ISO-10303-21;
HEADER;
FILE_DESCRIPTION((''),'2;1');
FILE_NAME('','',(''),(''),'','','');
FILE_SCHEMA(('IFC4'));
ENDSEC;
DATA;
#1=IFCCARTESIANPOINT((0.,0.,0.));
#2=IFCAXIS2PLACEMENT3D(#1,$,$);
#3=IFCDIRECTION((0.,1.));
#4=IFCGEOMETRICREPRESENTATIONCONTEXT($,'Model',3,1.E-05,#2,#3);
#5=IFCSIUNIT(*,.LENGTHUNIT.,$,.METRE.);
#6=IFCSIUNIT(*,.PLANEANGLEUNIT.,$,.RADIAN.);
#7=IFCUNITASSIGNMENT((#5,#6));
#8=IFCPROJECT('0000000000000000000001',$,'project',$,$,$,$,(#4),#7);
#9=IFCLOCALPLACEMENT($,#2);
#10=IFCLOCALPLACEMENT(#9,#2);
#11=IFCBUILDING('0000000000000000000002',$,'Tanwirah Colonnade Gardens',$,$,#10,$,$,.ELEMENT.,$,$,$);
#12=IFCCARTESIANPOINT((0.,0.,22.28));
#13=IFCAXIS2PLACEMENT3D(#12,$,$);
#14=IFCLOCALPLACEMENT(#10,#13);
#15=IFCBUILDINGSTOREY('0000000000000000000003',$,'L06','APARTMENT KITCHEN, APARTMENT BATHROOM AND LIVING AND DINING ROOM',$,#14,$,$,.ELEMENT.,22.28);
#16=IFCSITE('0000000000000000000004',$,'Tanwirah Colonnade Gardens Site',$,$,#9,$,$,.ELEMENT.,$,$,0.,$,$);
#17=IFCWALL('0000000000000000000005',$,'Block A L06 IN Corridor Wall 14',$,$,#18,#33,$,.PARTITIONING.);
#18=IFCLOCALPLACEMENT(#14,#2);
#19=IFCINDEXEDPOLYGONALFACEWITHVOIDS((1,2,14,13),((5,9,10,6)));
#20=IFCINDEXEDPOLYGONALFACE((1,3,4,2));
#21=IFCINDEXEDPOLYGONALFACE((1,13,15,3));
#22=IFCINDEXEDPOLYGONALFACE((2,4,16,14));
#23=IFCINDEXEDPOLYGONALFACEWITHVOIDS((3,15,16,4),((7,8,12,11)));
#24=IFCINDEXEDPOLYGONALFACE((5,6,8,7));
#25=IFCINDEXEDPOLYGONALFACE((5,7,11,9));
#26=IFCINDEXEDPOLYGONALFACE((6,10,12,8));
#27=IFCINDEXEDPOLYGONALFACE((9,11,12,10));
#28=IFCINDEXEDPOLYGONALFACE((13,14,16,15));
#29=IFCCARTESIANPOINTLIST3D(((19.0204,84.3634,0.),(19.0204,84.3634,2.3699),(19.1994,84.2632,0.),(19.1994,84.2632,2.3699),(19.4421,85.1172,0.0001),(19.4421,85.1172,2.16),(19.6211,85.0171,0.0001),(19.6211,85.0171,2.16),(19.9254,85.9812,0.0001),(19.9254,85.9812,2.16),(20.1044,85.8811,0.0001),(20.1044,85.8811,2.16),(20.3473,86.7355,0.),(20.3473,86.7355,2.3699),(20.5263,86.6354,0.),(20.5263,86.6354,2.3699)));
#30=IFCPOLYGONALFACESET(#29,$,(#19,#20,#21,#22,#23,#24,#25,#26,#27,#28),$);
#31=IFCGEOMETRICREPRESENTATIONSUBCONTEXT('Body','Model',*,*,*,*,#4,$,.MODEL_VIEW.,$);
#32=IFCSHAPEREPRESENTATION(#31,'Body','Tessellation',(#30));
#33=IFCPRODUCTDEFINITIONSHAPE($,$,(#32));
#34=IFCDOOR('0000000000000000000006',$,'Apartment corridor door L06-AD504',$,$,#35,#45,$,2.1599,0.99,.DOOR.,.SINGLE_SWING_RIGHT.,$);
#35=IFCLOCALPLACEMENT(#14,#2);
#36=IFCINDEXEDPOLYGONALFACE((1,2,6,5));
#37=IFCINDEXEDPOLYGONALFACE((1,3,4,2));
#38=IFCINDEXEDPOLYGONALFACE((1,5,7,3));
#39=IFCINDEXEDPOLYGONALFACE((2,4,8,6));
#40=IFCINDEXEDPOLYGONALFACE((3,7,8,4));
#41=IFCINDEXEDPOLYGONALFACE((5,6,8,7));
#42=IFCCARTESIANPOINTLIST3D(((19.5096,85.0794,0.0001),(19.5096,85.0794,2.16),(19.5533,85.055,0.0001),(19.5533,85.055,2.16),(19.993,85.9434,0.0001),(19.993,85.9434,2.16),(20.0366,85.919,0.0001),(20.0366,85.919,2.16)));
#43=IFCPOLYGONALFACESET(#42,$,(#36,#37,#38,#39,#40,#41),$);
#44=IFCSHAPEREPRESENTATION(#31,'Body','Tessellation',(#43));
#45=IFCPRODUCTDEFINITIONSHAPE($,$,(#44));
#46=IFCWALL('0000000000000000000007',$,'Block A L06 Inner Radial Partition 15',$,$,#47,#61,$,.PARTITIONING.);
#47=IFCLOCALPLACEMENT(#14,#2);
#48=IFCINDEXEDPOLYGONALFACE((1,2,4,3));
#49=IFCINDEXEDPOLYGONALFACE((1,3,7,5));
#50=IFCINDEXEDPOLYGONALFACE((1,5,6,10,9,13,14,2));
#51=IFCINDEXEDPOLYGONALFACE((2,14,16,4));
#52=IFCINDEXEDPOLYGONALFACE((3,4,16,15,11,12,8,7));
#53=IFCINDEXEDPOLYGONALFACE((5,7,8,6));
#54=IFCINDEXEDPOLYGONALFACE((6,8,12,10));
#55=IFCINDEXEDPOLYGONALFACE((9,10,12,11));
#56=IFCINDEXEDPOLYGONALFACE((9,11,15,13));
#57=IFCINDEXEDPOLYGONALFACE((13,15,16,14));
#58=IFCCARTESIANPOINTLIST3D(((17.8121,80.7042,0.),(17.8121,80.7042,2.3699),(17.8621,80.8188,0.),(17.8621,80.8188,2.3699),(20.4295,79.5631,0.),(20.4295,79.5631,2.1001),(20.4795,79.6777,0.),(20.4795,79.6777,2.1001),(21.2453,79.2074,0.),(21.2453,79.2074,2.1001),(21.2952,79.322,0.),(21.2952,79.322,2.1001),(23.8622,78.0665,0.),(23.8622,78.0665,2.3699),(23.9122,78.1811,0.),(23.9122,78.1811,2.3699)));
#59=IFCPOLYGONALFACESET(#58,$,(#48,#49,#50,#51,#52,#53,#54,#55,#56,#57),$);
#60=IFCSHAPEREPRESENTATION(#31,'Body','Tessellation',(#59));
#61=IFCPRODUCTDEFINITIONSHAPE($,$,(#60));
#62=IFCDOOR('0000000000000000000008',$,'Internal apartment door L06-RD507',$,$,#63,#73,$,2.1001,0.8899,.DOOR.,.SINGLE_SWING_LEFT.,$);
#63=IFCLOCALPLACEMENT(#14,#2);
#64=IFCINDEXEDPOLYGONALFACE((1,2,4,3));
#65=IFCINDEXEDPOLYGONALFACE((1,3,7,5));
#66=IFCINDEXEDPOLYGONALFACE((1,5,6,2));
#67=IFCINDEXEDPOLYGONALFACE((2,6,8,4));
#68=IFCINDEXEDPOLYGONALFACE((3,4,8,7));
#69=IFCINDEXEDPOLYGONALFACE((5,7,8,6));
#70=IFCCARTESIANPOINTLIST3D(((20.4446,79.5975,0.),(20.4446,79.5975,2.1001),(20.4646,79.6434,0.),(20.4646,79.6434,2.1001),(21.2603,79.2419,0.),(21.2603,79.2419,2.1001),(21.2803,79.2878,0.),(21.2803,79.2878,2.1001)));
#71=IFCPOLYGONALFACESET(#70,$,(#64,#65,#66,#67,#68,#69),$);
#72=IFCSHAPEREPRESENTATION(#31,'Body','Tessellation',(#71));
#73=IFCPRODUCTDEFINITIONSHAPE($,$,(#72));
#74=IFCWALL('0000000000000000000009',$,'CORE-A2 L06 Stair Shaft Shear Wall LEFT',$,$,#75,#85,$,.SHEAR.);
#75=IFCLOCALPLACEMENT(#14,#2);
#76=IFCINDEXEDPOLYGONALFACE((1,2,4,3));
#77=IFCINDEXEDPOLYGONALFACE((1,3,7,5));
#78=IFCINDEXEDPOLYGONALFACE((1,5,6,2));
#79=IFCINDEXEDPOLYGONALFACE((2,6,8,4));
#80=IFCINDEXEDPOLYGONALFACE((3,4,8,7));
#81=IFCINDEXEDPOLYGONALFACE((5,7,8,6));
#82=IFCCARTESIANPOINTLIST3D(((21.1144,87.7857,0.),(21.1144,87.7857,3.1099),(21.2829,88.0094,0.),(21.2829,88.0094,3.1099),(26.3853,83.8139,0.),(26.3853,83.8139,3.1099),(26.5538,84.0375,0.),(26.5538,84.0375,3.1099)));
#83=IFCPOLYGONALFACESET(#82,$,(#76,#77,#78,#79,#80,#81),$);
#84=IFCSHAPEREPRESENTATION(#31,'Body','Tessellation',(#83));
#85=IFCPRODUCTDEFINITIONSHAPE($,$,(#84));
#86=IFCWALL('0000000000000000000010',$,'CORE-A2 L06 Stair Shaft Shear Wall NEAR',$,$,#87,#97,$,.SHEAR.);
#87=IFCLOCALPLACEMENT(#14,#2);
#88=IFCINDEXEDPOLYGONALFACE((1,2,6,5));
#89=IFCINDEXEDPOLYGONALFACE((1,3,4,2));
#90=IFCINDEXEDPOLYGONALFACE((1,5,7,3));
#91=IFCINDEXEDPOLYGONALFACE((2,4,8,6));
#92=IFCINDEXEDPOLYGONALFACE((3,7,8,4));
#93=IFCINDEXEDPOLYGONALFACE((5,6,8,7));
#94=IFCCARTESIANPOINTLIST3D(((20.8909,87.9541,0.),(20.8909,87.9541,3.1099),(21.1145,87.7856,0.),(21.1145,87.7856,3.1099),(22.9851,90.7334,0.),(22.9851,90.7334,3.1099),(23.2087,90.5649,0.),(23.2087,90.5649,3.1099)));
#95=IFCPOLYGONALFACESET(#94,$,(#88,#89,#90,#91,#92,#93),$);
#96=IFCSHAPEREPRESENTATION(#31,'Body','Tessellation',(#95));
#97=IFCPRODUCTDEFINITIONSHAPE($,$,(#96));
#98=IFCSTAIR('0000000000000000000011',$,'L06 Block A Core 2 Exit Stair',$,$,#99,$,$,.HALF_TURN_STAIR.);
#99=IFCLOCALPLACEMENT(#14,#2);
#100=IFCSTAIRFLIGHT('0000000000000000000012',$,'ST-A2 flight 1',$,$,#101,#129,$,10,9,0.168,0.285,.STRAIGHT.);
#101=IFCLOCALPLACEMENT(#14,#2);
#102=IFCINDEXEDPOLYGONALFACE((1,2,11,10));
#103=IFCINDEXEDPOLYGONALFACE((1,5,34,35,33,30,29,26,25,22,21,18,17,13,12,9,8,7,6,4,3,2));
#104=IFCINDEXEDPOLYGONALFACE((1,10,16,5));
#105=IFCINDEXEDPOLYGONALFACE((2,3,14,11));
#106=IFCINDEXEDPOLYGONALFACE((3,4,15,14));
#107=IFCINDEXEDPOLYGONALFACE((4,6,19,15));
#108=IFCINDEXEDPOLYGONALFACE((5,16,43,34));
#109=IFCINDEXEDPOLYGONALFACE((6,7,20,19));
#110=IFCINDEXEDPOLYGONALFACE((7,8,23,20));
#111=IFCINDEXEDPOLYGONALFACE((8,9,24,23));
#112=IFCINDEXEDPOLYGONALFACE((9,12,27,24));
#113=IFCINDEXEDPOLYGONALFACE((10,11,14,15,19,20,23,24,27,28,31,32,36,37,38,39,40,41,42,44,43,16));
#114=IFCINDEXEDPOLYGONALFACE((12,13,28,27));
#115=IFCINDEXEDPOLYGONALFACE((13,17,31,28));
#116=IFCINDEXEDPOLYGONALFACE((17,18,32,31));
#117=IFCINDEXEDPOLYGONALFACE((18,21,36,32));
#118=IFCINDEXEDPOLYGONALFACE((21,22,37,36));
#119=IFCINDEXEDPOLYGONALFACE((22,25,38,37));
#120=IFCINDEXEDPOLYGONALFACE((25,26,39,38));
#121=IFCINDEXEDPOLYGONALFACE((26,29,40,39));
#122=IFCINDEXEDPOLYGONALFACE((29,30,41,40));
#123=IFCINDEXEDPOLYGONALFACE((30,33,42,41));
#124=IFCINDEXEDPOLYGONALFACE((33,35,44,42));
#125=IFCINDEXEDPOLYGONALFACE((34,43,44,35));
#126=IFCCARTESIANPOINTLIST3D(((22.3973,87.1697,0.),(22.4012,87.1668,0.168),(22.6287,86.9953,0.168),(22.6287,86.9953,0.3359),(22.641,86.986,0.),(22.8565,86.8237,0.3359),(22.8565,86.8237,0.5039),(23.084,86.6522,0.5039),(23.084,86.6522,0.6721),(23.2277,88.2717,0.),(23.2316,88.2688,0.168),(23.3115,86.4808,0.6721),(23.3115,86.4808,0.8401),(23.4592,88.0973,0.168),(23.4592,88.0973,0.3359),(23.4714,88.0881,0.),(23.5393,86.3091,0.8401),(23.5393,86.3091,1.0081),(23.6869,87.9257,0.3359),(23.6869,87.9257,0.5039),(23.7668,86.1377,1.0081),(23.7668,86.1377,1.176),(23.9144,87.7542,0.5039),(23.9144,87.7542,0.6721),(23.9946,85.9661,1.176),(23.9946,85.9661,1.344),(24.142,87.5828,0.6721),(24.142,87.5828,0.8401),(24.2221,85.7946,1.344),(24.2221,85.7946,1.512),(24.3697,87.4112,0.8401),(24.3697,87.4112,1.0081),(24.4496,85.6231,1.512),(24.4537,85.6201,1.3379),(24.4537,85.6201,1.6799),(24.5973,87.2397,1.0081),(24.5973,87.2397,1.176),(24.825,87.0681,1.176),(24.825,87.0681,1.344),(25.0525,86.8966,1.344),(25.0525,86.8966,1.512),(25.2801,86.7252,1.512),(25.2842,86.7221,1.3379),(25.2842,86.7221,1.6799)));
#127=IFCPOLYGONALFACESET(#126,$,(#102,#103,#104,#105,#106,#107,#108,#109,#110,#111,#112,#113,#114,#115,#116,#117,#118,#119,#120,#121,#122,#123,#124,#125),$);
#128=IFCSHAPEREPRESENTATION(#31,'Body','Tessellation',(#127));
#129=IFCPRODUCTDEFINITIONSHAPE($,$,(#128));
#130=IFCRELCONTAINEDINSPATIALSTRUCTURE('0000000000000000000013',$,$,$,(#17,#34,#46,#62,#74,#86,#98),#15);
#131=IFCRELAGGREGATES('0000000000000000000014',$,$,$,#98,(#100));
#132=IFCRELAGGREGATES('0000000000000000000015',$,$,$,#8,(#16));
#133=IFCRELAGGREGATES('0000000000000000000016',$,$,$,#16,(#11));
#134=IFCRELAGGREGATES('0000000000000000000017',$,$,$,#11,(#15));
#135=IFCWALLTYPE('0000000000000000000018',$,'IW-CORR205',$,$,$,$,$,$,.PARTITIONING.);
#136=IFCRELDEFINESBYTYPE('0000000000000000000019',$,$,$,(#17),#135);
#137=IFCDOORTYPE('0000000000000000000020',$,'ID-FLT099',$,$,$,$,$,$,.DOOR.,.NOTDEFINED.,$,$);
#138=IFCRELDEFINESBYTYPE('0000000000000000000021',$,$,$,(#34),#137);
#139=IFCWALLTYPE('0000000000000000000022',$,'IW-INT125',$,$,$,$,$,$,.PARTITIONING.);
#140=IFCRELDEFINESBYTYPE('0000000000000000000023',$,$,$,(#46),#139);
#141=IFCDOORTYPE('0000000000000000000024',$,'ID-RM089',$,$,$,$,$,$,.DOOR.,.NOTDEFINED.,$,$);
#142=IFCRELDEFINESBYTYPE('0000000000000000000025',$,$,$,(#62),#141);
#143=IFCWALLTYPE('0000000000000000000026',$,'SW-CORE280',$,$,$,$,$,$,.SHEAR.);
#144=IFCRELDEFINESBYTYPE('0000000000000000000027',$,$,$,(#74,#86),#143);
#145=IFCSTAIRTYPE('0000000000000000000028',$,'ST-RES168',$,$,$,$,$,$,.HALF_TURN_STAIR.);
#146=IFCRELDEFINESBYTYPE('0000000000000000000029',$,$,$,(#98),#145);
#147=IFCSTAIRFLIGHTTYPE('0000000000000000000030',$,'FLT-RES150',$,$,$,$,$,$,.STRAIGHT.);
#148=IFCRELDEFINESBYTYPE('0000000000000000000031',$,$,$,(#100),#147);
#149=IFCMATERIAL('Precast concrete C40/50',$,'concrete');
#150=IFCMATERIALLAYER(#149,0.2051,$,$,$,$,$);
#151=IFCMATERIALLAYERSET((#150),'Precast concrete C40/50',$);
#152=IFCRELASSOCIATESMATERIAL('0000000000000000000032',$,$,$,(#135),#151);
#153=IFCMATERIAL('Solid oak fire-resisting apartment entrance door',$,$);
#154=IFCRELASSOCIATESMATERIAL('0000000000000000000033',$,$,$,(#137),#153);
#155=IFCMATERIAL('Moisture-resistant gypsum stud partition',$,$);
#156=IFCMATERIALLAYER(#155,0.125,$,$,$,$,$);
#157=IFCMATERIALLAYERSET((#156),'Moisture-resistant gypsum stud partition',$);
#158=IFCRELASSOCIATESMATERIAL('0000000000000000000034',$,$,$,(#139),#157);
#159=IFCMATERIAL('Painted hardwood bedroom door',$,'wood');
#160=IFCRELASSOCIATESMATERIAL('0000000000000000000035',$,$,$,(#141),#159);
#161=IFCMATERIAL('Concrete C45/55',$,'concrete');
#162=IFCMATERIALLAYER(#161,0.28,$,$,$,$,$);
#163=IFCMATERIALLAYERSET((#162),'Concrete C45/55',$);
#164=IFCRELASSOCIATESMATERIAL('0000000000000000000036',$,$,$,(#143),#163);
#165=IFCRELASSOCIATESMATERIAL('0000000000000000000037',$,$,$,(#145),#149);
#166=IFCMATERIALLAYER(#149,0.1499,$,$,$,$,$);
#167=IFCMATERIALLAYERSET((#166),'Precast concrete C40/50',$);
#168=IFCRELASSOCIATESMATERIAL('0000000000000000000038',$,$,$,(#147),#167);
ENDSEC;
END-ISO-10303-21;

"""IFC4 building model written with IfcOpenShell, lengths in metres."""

from ifc_helpers import new_model, si_unit, direction, frame, frame_2d, origin, place, context, subcontext, project, spatial, polyline, rectangle, outline, extrude, material, layer, layer_set, type_object, element, fill, aggregate, save


model = new_model("IFC4")

# Units and contexts
model_context = context("Model", 3, precision=1e-05, world=origin(), true_north=direction((0.0, 1.0)))
body_context = subcontext(model_context, "Body", "Model", "MODEL_VIEW")
ifc_project = project(units=[si_unit("LENGTHUNIT", "METRE"), si_unit("PLANEANGLEUNIT", "RADIAN")], contexts=[model_context])

# Site, building, storey
site_placement = place(None, origin())
site = spatial("IfcSite", under=ifc_project, at=site_placement, Name="Tanwirah Colonnade Gardens Site", CompositionType="ELEMENT", RefElevation=0.0)
building_placement = place(site_placement, origin())
building = spatial("IfcBuilding", under=site, at=building_placement, Name="Tanwirah Colonnade Gardens", CompositionType="ELEMENT")
storey_placement = place(building_placement, frame((0.0, 0.0, 22.28)))
storey = spatial("IfcBuildingStorey", under=building, at=storey_placement, Name="L06", Description="APARTMENT KITCHEN, APARTMENT BATHROOM AND LIVING AND DINING ROOM", CompositionType="ELEMENT", Elevation=22.28)

# Shared definitions
ifc_material_1 = material(Name="Precast concrete C40/50", Category="concrete")

# Walls, openings, doors
ifc_layer_1 = layer(ifc_material_1, 0.2051)
ifc_layer_set_1 = layer_set([ifc_layer_1], Name="Precast concrete C40/50")
wall_type_1 = type_object("IfcWallType", Name="IW-CORR205", PredefinedType="PARTITIONING", material=ifc_layer_set_1)
wall_1_placement = place(storey_placement, frame((20.4368, 86.6853, 0.0), z_axis=(0.0, 0.0, 1.0), x_axis=(-0.488196, -0.872734, 0.0)))
wall_1 = element("IfcWall", 1, at=wall_1_placement, inside=storey, type_object=wall_type_1, Name="Block A L06 IN Corridor Wall 14", PredefinedType="PARTITIONING", context=body_context, shape_type="SweptSolid", body=[
    extrude(rectangle(XDim=2.718, YDim=0.2051, at=frame_2d((1.3589, 0.0))), origin(), (0.0, 0.0, 1.0), 2.3699),
])
opening_1_placement = place(wall_1_placement, frame((0.864, 0.0, 0.0)))
opening_1 = element("IfcOpeningElement", 2, at=opening_1_placement, cuts=wall_1, PredefinedType="OPENING", context=body_context, shape_type="SweptSolid", body=[
    extrude(rectangle(XDim=0.99, YDim=2.1599, at=frame_2d((0.4951, 1.0801))), frame((0.0, 0.1125, 0.0), z_axis=(0.0, -1.0, 0.0), x_axis=(1.0, 0.0, 0.0)), (0.0, 0.0, 1.0), 0.2251),
])
ifc_material_2 = material(Name="Solid oak fire-resisting apartment entrance door")
door_type_1 = type_object("IfcDoorType", Name="ID-FLT099", OperationType="NOTDEFINED", PredefinedType="DOOR", material=ifc_material_2)
door_1_placement = place(opening_1_placement, origin())
door_1 = element("IfcDoor", 3, at=door_1_placement, inside=storey, type_object=door_type_1, Name="Apartment corridor door L06-AD504", OperationType="SINGLE_SWING_RIGHT", OverallHeight=2.1599, OverallWidth=0.99, PredefinedType="DOOR", context=body_context, shape_type="SweptSolid", body=[
    extrude(rectangle(XDim=0.99, YDim=2.1599, at=frame_2d((0.4951, 1.0801))), frame((0.0, 0.0249, 0.0), z_axis=(0.0, -1.0, 0.0), x_axis=(1.0, 0.0, 0.0)), (0.0, 0.0, 1.0), 0.05),
])
fill(opening_1, door_1)
ifc_material_3 = material(Name="Moisture-resistant gypsum stud partition")
ifc_layer_2 = layer(ifc_material_3, 0.125)
ifc_layer_set_2 = layer_set([ifc_layer_2], Name="Moisture-resistant gypsum stud partition")
wall_type_2 = type_object("IfcWallType", Name="IW-INT125", PredefinedType="PARTITIONING", material=ifc_layer_set_2)
wall_2_placement = place(storey_placement, frame((23.8872, 78.1238, 0.0), z_axis=(0.0, 0.0, 1.0), x_axis=(-0.916669, 0.399648, 0.0)))
wall_2 = element("IfcWall", 4, at=wall_2_placement, inside=storey, type_object=wall_type_2, Name="Block A L06 Inner Radial Partition 15", PredefinedType="PARTITIONING", context=body_context, shape_type="SweptSolid", body=[
    extrude(rectangle(XDim=6.6001, YDim=0.125, at=frame_2d((3.3, 0.0))), origin(), (0.0, 0.0, 1.0), 2.3699),
])
opening_2_placement = place(wall_2_placement, frame((2.855, 0.0, 0.0)))
opening_2 = element("IfcOpeningElement", 5, at=opening_2_placement, cuts=wall_2, PredefinedType="OPENING", context=body_context, shape_type="SweptSolid", body=[
    extrude(rectangle(XDim=0.8899, YDim=2.1001, at=frame_2d((0.4448, 1.05))), frame((0.0, 0.0725, 0.0), z_axis=(0.0, -1.0, 0.0), x_axis=(1.0, 0.0, 0.0)), (0.0, 0.0, 1.0), 0.145),
])
ifc_material_4 = material(Name="Painted hardwood bedroom door", Category="wood")
door_type_2 = type_object("IfcDoorType", Name="ID-RM089", OperationType="NOTDEFINED", PredefinedType="DOOR", material=ifc_material_4)
door_2_placement = place(opening_2_placement, origin())
door_2 = element("IfcDoor", 6, at=door_2_placement, inside=storey, type_object=door_type_2, Name="Internal apartment door L06-RD507", OperationType="SINGLE_SWING_LEFT", OverallHeight=2.1001, OverallWidth=0.8899, PredefinedType="DOOR", context=body_context, shape_type="SweptSolid", body=[
    extrude(rectangle(XDim=0.8899, YDim=2.1001, at=frame_2d((0.4448, 1.05))), frame((0.0, 0.0249, 0.0), z_axis=(0.0, -1.0, 0.0), x_axis=(1.0, 0.0, 0.0)), (0.0, 0.0, 1.0), 0.05),
])
fill(opening_2, door_2)

# Walls
ifc_material_5 = material(Name="Concrete C45/55", Category="concrete")
ifc_layer_3 = layer(ifc_material_5, 0.28)
ifc_layer_set_3 = layer_set([ifc_layer_3], Name="Concrete C45/55")
wall_type_3 = type_object("IfcWallType", Name="SW-CORE280", PredefinedType="SHEAR", material=ifc_layer_set_3)
wall_3_placement = place(storey_placement, frame((21.1987, 87.8975, 0.0), z_axis=(0.0, 0.0, 1.0), x_axis=(0.79864, -0.60181, 0.0)))
element("IfcWall", 7, at=wall_3_placement, inside=storey, type_object=wall_type_3, Name="CORE-A2 L06 Stair Shaft Shear Wall LEFT", PredefinedType="SHEAR", context=body_context, shape_type="SweptSolid", body=[
    extrude(rectangle(XDim=6.5999, YDim=0.28, at=frame_2d((3.2998, 0.0))), origin(), (0.0, 0.0, 1.0), 3.1099),
])
wall_4_placement = place(storey_placement, frame((21.0027, 87.8699, 0.0), z_axis=(0.0, 0.0, 1.0), x_axis=(0.601794, 0.798651, 0.0)))
element("IfcWall", 8, at=wall_4_placement, inside=storey, type_object=wall_type_3, Name="CORE-A2 L06 Stair Shaft Shear Wall NEAR", PredefinedType="SHEAR", context=body_context, shape_type="SweptSolid", body=[
    extrude(rectangle(XDim=3.48, YDim=0.28, at=frame_2d((1.74, 0.0))), origin(), (0.0, 0.0, 1.0), 3.1099),
])

# Stair, stair flight
stair_type = type_object("IfcStairType", Name="ST-RES168", PredefinedType="HALF_TURN_STAIR", material=ifc_material_1)
stair_placement = place(storey_placement, origin())
stair = element("IfcStair", 9, at=stair_placement, inside=storey, type_object=stair_type, Name="L06 Block A Core 2 Exit Stair", PredefinedType="HALF_TURN_STAIR")
ifc_layer_4 = layer(ifc_material_1, 0.1499)
ifc_layer_set_4 = layer_set([ifc_layer_4], Name="Precast concrete C40/50")
stair_flight_type = type_object("IfcStairFlightType", Name="FLT-RES150", PredefinedType="STRAIGHT", material=ifc_layer_set_4)
stair_flight_placement = place(storey_placement, frame((22.8164, 87.7178, 0.0), z_axis=(0.0, 0.0, 1.0), x_axis=(0.798636, -0.601815, 0.0)))
stair_flight = element("IfcStairFlight", 10, at=stair_flight_placement, type_object=stair_flight_type, Name="ST-A2 flight 1", NumberOfRisers=10, NumberOfTreads=9, PredefinedType="STRAIGHT", RiserHeight=0.168, TreadLength=0.285, context=body_context, shape_type="SweptSolid", body=[
    extrude(outline(polyline([(-0.0049, 0.0), (0.0, 0.168), (0.2849, 0.168), (0.2849, 0.3359), (0.5701, 0.3359), (0.5701, 0.5039), (0.855, 0.5039), (0.855, 0.6721), (1.1399, 0.6721), (1.1399, 0.8401), (1.425, 0.8401), (1.425, 1.0081), (1.71, 1.0081), (1.71, 1.176), (1.9951, 1.176), (1.9951, 1.344), (2.28, 1.344), (2.28, 1.512), (2.5649, 1.512), (2.5701, 1.6799), (2.5701, 1.3379), (0.3003, 0.0), (-0.0049, 0.0)])), frame((0.0, 0.6899, 0.0), z_axis=(0.0, -1.0, 0.0), x_axis=(1.0, 0.0, 0.0)), (0.0, 0.0, 1.0), 1.3799),
])
aggregate(stair, [stair_flight])

save(model, "model.ifc")
